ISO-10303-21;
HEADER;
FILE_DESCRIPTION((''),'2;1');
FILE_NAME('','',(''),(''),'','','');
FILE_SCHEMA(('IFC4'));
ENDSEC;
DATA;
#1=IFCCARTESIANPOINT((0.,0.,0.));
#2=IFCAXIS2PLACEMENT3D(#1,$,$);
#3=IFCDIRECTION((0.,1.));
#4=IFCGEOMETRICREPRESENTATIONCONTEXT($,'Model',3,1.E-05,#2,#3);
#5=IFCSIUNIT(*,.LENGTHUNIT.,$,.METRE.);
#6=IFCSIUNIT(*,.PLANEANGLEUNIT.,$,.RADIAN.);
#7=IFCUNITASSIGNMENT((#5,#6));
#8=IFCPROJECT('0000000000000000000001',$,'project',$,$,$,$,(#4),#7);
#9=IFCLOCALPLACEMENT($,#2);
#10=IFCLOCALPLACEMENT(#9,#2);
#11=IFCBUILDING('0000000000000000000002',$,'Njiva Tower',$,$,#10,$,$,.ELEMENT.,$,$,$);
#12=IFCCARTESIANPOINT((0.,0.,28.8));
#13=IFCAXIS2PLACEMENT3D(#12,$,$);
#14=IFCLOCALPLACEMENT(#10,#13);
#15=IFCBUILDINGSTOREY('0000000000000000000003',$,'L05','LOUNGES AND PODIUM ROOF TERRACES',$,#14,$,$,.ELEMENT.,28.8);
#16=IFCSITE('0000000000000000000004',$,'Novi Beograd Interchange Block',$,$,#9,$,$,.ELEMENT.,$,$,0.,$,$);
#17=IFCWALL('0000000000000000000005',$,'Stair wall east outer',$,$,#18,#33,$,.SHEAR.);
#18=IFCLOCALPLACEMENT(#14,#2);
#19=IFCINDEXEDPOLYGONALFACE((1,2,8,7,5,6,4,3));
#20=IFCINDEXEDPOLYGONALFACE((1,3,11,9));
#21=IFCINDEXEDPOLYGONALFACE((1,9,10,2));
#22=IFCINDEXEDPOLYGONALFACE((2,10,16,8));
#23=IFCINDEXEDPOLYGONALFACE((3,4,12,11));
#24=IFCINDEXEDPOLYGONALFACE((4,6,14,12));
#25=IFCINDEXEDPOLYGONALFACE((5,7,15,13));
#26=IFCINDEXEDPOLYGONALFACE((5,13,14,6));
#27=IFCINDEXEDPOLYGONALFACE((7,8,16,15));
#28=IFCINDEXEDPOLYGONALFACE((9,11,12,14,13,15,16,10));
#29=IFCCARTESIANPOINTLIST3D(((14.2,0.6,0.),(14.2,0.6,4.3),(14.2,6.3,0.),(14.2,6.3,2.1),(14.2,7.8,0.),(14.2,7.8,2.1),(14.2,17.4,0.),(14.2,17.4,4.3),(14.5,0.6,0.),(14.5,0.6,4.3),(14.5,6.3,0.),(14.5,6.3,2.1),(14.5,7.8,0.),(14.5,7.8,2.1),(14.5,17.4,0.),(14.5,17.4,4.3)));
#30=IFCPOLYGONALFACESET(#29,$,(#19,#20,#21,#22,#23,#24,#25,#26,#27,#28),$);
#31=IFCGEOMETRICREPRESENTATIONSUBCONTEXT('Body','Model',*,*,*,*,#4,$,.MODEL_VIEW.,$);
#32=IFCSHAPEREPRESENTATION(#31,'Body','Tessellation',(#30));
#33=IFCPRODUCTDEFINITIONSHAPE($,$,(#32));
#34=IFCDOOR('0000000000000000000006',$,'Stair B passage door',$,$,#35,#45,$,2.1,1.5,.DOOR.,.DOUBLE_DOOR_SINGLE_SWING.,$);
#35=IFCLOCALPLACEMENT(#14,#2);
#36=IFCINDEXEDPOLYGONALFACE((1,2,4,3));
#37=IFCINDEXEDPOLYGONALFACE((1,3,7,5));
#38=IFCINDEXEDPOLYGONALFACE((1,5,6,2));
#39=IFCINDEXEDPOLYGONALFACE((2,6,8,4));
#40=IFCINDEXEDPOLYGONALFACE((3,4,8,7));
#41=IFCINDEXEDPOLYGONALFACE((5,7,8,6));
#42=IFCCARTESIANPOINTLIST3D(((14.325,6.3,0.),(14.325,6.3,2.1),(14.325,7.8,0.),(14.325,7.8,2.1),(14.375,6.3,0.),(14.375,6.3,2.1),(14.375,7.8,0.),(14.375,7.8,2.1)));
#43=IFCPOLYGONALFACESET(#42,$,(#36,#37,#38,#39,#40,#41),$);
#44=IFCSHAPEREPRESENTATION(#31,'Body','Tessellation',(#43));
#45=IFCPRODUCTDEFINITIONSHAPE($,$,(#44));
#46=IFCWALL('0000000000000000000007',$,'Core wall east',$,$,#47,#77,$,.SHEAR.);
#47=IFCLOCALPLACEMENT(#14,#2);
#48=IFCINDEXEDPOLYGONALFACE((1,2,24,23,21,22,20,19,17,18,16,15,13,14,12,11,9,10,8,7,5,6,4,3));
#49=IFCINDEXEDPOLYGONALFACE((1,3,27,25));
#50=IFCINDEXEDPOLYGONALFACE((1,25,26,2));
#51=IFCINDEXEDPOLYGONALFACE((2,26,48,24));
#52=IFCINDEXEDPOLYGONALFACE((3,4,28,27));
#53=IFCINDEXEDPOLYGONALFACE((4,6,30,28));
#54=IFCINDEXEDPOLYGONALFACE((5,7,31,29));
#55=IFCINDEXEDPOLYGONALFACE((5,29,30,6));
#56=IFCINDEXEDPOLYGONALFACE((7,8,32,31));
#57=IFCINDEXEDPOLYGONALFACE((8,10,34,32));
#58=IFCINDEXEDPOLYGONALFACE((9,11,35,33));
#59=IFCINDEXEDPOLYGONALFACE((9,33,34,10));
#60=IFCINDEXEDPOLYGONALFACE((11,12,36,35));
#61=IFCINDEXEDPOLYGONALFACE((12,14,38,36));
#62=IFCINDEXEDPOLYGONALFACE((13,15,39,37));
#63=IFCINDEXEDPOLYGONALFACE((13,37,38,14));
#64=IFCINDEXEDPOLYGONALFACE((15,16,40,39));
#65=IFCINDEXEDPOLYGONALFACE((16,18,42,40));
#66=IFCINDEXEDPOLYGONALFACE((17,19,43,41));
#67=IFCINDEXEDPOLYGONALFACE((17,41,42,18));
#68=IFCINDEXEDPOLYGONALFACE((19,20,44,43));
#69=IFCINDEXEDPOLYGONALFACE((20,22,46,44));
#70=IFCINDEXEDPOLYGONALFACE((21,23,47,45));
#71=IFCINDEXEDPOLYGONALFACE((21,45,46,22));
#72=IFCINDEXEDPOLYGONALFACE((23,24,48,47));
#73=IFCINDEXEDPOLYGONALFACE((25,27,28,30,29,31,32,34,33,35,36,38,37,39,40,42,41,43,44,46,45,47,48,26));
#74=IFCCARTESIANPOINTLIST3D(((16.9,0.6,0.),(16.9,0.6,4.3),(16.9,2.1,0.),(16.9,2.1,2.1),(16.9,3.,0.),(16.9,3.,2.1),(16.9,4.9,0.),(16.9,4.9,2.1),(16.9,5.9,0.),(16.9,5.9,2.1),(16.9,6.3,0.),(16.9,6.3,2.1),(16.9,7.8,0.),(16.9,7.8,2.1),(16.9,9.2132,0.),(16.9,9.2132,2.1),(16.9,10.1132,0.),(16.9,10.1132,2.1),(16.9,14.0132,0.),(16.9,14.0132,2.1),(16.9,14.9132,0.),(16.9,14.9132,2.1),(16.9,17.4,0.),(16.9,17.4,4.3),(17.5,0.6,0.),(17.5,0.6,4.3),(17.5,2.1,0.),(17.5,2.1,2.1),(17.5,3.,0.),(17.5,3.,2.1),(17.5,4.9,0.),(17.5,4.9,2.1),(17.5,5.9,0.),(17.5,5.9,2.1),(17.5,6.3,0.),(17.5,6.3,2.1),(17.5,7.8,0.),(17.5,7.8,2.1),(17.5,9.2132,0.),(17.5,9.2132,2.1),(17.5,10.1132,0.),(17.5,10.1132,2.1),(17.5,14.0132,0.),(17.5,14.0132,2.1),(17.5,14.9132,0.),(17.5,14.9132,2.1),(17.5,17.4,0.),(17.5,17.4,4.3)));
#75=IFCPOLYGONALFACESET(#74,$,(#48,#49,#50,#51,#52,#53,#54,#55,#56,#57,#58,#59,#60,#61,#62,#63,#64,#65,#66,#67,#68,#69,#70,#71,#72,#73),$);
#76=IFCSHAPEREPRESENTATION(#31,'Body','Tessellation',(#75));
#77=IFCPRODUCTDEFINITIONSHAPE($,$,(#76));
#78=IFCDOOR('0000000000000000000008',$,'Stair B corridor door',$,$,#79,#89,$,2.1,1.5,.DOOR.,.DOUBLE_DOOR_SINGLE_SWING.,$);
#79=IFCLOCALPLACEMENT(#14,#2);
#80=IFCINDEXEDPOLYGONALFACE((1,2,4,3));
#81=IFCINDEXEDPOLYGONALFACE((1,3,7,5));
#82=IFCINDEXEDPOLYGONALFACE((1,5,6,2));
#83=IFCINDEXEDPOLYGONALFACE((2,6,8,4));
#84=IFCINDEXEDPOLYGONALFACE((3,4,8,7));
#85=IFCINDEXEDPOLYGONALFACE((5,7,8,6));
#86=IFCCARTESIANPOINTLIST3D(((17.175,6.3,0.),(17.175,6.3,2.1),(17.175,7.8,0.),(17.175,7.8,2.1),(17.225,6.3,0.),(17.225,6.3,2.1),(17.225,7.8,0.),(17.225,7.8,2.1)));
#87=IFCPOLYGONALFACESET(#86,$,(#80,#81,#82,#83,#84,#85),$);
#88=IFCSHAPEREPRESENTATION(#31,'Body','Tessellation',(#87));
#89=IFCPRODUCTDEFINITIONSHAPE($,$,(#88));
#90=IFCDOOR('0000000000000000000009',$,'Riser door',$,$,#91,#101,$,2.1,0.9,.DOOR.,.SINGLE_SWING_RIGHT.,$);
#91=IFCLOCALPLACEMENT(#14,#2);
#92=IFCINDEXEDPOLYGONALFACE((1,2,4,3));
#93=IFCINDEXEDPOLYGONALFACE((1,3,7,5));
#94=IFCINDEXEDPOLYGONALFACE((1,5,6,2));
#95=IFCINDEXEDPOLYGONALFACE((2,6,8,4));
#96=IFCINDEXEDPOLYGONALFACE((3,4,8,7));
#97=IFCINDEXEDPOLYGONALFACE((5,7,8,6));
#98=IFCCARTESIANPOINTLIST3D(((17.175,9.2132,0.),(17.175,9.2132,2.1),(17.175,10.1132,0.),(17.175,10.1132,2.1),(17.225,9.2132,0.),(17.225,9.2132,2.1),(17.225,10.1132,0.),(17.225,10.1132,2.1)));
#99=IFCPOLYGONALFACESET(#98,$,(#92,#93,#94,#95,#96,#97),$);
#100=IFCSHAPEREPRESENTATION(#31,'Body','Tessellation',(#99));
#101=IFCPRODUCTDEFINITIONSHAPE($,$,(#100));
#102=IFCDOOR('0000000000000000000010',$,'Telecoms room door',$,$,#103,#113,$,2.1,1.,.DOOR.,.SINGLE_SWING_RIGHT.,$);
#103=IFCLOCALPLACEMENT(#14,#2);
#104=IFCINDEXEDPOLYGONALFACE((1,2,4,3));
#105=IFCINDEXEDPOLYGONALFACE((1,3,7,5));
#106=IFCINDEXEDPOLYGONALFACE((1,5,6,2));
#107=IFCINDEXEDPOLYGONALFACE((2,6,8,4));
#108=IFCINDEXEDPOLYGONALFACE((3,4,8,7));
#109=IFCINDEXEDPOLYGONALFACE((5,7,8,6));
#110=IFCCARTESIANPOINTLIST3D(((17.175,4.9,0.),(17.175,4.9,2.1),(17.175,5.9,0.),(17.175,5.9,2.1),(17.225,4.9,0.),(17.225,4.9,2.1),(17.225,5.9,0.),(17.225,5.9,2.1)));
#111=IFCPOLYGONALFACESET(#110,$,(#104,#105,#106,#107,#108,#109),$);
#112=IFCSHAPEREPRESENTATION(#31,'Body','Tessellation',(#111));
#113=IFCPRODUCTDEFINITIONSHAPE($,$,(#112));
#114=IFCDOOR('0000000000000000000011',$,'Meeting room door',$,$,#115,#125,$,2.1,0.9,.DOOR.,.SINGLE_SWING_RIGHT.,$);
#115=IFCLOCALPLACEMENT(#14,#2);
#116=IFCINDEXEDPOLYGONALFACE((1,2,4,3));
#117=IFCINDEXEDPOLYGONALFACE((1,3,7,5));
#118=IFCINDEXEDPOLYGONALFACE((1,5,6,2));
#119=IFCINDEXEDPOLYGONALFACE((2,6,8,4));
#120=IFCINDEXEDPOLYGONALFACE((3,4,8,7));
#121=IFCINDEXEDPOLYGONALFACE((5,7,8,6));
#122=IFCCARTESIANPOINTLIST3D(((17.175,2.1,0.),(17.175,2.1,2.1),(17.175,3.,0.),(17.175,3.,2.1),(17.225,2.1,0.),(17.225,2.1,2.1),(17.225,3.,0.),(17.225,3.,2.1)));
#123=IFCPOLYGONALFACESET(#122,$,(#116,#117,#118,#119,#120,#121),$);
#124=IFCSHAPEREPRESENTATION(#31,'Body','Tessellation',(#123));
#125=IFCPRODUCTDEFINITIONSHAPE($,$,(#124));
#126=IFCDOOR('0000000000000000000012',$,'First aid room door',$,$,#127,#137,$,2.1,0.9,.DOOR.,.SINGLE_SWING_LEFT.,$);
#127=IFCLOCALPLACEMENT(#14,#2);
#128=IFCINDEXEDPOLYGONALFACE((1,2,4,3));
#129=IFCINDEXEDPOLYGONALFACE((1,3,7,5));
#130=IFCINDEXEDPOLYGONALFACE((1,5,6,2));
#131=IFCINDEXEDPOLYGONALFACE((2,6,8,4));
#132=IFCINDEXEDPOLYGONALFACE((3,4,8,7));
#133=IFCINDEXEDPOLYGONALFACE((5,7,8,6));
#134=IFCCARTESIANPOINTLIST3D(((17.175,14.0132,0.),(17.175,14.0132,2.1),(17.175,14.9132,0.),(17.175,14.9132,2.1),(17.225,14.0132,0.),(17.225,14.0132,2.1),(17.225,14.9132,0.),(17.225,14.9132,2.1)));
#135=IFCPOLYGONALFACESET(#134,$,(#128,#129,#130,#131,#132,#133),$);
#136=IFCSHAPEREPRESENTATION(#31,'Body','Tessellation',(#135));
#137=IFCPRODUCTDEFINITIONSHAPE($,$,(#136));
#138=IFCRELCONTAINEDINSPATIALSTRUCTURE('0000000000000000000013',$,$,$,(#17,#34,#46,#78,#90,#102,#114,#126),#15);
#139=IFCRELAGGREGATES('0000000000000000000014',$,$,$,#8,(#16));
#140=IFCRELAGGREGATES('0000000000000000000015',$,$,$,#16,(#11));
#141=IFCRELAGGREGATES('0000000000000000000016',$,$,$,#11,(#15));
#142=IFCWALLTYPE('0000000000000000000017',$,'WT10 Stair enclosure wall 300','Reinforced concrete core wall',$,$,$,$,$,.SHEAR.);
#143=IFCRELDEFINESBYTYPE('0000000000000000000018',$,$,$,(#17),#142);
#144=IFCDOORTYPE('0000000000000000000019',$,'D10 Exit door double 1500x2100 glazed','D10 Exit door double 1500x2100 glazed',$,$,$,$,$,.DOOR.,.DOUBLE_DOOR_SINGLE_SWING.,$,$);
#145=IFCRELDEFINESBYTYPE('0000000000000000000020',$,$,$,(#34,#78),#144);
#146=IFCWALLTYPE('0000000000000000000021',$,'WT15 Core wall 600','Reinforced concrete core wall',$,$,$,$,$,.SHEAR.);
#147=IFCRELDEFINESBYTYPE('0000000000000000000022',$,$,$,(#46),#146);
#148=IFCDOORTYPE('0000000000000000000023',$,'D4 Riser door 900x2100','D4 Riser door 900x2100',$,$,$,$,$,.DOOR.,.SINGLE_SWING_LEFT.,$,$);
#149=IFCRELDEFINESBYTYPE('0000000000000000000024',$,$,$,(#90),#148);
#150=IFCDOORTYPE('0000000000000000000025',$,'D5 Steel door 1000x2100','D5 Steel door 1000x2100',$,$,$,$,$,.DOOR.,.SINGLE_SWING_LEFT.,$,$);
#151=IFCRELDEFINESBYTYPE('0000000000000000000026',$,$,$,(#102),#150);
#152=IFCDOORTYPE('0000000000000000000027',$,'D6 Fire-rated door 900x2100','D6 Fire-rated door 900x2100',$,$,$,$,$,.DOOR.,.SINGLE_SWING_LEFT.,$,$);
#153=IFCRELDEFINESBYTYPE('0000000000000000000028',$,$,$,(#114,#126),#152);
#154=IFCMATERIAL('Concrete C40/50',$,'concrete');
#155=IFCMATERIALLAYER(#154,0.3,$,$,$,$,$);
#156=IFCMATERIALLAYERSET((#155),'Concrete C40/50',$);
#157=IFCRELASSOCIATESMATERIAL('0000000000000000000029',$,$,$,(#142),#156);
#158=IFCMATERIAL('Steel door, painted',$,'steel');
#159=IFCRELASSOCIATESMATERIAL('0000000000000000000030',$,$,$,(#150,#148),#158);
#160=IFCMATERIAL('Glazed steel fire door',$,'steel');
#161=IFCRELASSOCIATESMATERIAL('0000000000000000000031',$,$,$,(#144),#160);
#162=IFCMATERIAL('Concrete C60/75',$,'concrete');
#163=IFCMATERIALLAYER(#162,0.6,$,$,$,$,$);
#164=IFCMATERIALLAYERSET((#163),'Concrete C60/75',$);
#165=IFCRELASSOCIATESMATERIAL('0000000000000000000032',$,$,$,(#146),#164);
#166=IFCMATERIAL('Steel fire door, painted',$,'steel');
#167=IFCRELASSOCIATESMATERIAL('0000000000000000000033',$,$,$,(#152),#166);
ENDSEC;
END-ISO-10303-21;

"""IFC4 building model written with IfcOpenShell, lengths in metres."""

from ifc_helpers import new_model, si_unit, direction, frame, frame_2d, origin, place, context, subcontext, project, spatial, rectangle, extrude, material, layer, layer_set, type_object, element, fill, save


model = new_model("IFC4")

# Units and contexts
model_context = context("Model", 3, precision=1e-05, world=origin(), true_north=direction((0.0, 1.0)))
body_context = subcontext(model_context, "Body", "Model", "MODEL_VIEW")
ifc_project = project(units=[si_unit("LENGTHUNIT", "METRE"), si_unit("PLANEANGLEUNIT", "RADIAN")], contexts=[model_context])

# Site, building, storey
site_placement = place(None, origin())
site = spatial("IfcSite", under=ifc_project, at=site_placement, Name="Novi Beograd Interchange Block", CompositionType="ELEMENT", RefElevation=0.0)
building_placement = place(site_placement, origin())
building = spatial("IfcBuilding", under=site, at=building_placement, Name="Njiva Tower", CompositionType="ELEMENT")
storey_placement = place(building_placement, frame((0.0, 0.0, 28.8)))
storey = spatial("IfcBuildingStorey", under=building, at=storey_placement, Name="L05", Description="LOUNGES AND PODIUM ROOF TERRACES", CompositionType="ELEMENT", Elevation=28.8)

# Shared definitions
ifc_material_1 = material(Name="Concrete C40/50", Category="concrete")
ifc_layer_1 = layer(ifc_material_1, 0.3)
ifc_layer_set_1 = layer_set([ifc_layer_1], Name="Concrete C40/50")
wall_type_1 = type_object("IfcWallType", Name="WT10 Stair enclosure wall 300", Description="Reinforced concrete core wall", PredefinedType="SHEAR", material=ifc_layer_set_1)
ifc_material_2 = material(Name="Steel door, painted", Category="steel")
door_type_1 = type_object("IfcDoorType", Name="D5 Steel door 1000x2100", Description="D5 Steel door 1000x2100", OperationType="SINGLE_SWING_LEFT", PredefinedType="DOOR", material=ifc_material_2)
ifc_material_3 = material(Name="Glazed steel fire door", Category="steel")

# Wall, opening, door
wall_1_placement = place(storey_placement, frame((14.35, 0.6, 0.0), z_axis=(0.0, 0.0, 1.0), x_axis=(0.0, 1.0, 0.0)))
wall_1 = element("IfcWall", 1, at=wall_1_placement, inside=storey, type_object=wall_type_1, Name="Stair wall east outer", PredefinedType="SHEAR", context=body_context, shape_type="SweptSolid", body=[
    extrude(rectangle(XDim=16.8, YDim=0.3, at=frame_2d((8.4, 0.0))), origin(), (0.0, 0.0, 1.0), 4.3),
])
opening_1_placement = place(wall_1_placement, frame((5.7, 0.0, 0.0)))
opening_1 = element("IfcOpeningElement", 2, at=opening_1_placement, cuts=wall_1, PredefinedType="OPENING", context=body_context, shape_type="SweptSolid", body=[
    extrude(rectangle(XDim=1.5, YDim=2.1, at=frame_2d((0.75, 1.05))), frame((0.0, 0.16, 0.0), z_axis=(0.0, -1.0, 0.0), x_axis=(1.0, 0.0, 0.0)), (0.0, 0.0, 1.0), 0.32),
])
door_type_2 = type_object("IfcDoorType", Name="D10 Exit door double 1500x2100 glazed", Description="D10 Exit door double 1500x2100 glazed", OperationType="DOUBLE_DOOR_SINGLE_SWING", PredefinedType="DOOR", material=ifc_material_3)
door_1_placement = place(opening_1_placement, origin())
door_1 = element("IfcDoor", 3, at=door_1_placement, inside=storey, type_object=door_type_2, Name="Stair B passage door", OperationType="DOUBLE_DOOR_SINGLE_SWING", OverallHeight=2.1, OverallWidth=1.5, PredefinedType="DOOR", context=body_context, shape_type="SweptSolid", body=[
    extrude(rectangle(XDim=1.5, YDim=2.1, at=frame_2d((0.75, 1.05))), frame((0.0, 0.025, 0.0), z_axis=(0.0, -1.0, 0.0), x_axis=(1.0, 0.0, 0.0)), (0.0, 0.0, 1.0), 0.05),
])
fill(opening_1, door_1)

# Wall, openings, doors
ifc_material_4 = material(Name="Concrete C60/75", Category="concrete")
ifc_layer_2 = layer(ifc_material_4, 0.6)
ifc_layer_set_2 = layer_set([ifc_layer_2], Name="Concrete C60/75")
wall_type_2 = type_object("IfcWallType", Name="WT15 Core wall 600", Description="Reinforced concrete core wall", PredefinedType="SHEAR", material=ifc_layer_set_2)
wall_2_placement = place(storey_placement, frame((17.2, 0.6, 0.0), z_axis=(0.0, 0.0, 1.0), x_axis=(0.0, 1.0, 0.0)))
wall_2 = element("IfcWall", 4, at=wall_2_placement, inside=storey, type_object=wall_type_2, Name="Core wall east", PredefinedType="SHEAR", context=body_context, shape_type="SweptSolid", body=[
    extrude(rectangle(XDim=16.8, YDim=0.6, at=frame_2d((8.4, 0.0))), origin(), (0.0, 0.0, 1.0), 4.3),
])
opening_2_placement = place(wall_2_placement, frame((5.7, 0.0, 0.0)))
opening_2 = element("IfcOpeningElement", 5, at=opening_2_placement, cuts=wall_2, PredefinedType="OPENING", context=body_context, shape_type="SweptSolid", body=[
    extrude(rectangle(XDim=1.5, YDim=2.1, at=frame_2d((0.75, 1.05))), frame((0.0, 0.31, 0.0), z_axis=(0.0, -1.0, 0.0), x_axis=(1.0, 0.0, 0.0)), (0.0, 0.0, 1.0), 0.62),
])
opening_3_placement = place(wall_2_placement, frame((1.5, 0.0, 0.0)))
opening_3 = element("IfcOpeningElement", 6, at=opening_3_placement, cuts=wall_2, PredefinedType="OPENING", context=body_context, shape_type="SweptSolid", body=[
    extrude(rectangle(XDim=0.9, YDim=2.1, at=frame_2d((0.45, 1.05))), frame((0.0, 0.31, 0.0), z_axis=(0.0, -1.0, 0.0), x_axis=(1.0, 0.0, 0.0)), (0.0, 0.0, 1.0), 0.62),
])
opening_4_placement = place(wall_2_placement, frame((4.3, 0.0, 0.0)))
opening_4 = element("IfcOpeningElement", 7, at=opening_4_placement, cuts=wall_2, PredefinedType="OPENING", context=body_context, shape_type="SweptSolid", body=[
    extrude(rectangle(XDim=1.0, YDim=2.1, at=frame_2d((0.5, 1.05))), frame((0.0, 0.31, 0.0), z_axis=(0.0, -1.0, 0.0), x_axis=(1.0, 0.0, 0.0)), (0.0, 0.0, 1.0), 0.62),
])
opening_5_placement = place(wall_2_placement, frame((8.6132, 0.0, 0.0)))
opening_5 = element("IfcOpeningElement", 8, at=opening_5_placement, cuts=wall_2, PredefinedType="OPENING", context=body_context, shape_type="SweptSolid", body=[
    extrude(rectangle(XDim=0.9, YDim=2.1, at=frame_2d((0.45, 1.05))), frame((0.0, 0.31, 0.0), z_axis=(0.0, -1.0, 0.0), x_axis=(1.0, 0.0, 0.0)), (0.0, 0.0, 1.0), 0.62),
])
opening_6_placement = place(wall_2_placement, frame((13.4132, 0.0, 0.0)))
opening_6 = element("IfcOpeningElement", 9, at=opening_6_placement, cuts=wall_2, PredefinedType="OPENING", context=body_context, shape_type="SweptSolid", body=[
    extrude(rectangle(XDim=0.9, YDim=2.1, at=frame_2d((0.45, 1.05))), frame((0.0, 0.31, 0.0), z_axis=(0.0, -1.0, 0.0), x_axis=(1.0, 0.0, 0.0)), (0.0, 0.0, 1.0), 0.62),
])
door_2_placement = place(opening_2_placement, origin())
door_2 = element("IfcDoor", 10, at=door_2_placement, inside=storey, type_object=door_type_2, Name="Stair B corridor door", OperationType="DOUBLE_DOOR_SINGLE_SWING", OverallHeight=2.1, OverallWidth=1.5, PredefinedType="DOOR", context=body_context, shape_type="SweptSolid", body=[
    extrude(rectangle(XDim=1.5, YDim=2.1, at=frame_2d((0.75, 1.05))), frame((0.0, 0.025, 0.0), z_axis=(0.0, -1.0, 0.0), x_axis=(1.0, 0.0, 0.0)), (0.0, 0.0, 1.0), 0.05),
])
fill(opening_2, door_2)
door_type_3 = type_object("IfcDoorType", Name="D4 Riser door 900x2100", Description="D4 Riser door 900x2100", OperationType="SINGLE_SWING_LEFT", PredefinedType="DOOR", material=ifc_material_2)
door_3_placement = place(opening_5_placement, origin())
door_3 = element("IfcDoor", 11, at=door_3_placement, inside=storey, type_object=door_type_3, Name="Riser door", OperationType="SINGLE_SWING_RIGHT", OverallHeight=2.1, OverallWidth=0.9, PredefinedType="DOOR", context=body_context, shape_type="SweptSolid", body=[
    extrude(rectangle(XDim=0.9, YDim=2.1, at=frame_2d((0.45, 1.05))), frame((0.0, 0.025, 0.0), z_axis=(0.0, -1.0, 0.0), x_axis=(1.0, 0.0, 0.0)), (0.0, 0.0, 1.0), 0.05),
])
fill(opening_5, door_3)
door_4_placement = place(opening_4_placement, origin())
door_4 = element("IfcDoor", 12, at=door_4_placement, inside=storey, type_object=door_type_1, Name="Telecoms room door", OperationType="SINGLE_SWING_RIGHT", OverallHeight=2.1, OverallWidth=1.0, PredefinedType="DOOR", context=body_context, shape_type="SweptSolid", body=[
    extrude(rectangle(XDim=1.0, YDim=2.1, at=frame_2d((0.5, 1.05))), frame((0.0, 0.025, 0.0), z_axis=(0.0, -1.0, 0.0), x_axis=(1.0, 0.0, 0.0)), (0.0, 0.0, 1.0), 0.05),
])
fill(opening_4, door_4)
ifc_material_5 = material(Name="Steel fire door, painted", Category="steel")
door_type_4 = type_object("IfcDoorType", Name="D6 Fire-rated door 900x2100", Description="D6 Fire-rated door 900x2100", OperationType="SINGLE_SWING_LEFT", PredefinedType="DOOR", material=ifc_material_5)
door_5_placement = place(opening_3_placement, origin())
door_5 = element("IfcDoor", 13, at=door_5_placement, inside=storey, type_object=door_type_4, Name="Meeting room door", OperationType="SINGLE_SWING_RIGHT", OverallHeight=2.1, OverallWidth=0.9, PredefinedType="DOOR", context=body_context, shape_type="SweptSolid", body=[
    extrude(rectangle(XDim=0.9, YDim=2.1, at=frame_2d((0.45, 1.05))), frame((0.0, 0.025, 0.0), z_axis=(0.0, -1.0, 0.0), x_axis=(1.0, 0.0, 0.0)), (0.0, 0.0, 1.0), 0.05),
])
fill(opening_3, door_5)
door_6_placement = place(opening_6_placement, origin())
door_6 = element("IfcDoor", 14, at=door_6_placement, inside=storey, type_object=door_type_4, Name="First aid room door", OperationType="SINGLE_SWING_LEFT", OverallHeight=2.1, OverallWidth=0.9, PredefinedType="DOOR", context=body_context, shape_type="SweptSolid", body=[
    extrude(rectangle(XDim=0.9, YDim=2.1, at=frame_2d((0.45, 1.05))), frame((0.0, 0.025, 0.0), z_axis=(0.0, -1.0, 0.0), x_axis=(1.0, 0.0, 0.0)), (0.0, 0.0, 1.0), 0.05),
])
fill(opening_6, door_6)

save(model, "model.ifc")
